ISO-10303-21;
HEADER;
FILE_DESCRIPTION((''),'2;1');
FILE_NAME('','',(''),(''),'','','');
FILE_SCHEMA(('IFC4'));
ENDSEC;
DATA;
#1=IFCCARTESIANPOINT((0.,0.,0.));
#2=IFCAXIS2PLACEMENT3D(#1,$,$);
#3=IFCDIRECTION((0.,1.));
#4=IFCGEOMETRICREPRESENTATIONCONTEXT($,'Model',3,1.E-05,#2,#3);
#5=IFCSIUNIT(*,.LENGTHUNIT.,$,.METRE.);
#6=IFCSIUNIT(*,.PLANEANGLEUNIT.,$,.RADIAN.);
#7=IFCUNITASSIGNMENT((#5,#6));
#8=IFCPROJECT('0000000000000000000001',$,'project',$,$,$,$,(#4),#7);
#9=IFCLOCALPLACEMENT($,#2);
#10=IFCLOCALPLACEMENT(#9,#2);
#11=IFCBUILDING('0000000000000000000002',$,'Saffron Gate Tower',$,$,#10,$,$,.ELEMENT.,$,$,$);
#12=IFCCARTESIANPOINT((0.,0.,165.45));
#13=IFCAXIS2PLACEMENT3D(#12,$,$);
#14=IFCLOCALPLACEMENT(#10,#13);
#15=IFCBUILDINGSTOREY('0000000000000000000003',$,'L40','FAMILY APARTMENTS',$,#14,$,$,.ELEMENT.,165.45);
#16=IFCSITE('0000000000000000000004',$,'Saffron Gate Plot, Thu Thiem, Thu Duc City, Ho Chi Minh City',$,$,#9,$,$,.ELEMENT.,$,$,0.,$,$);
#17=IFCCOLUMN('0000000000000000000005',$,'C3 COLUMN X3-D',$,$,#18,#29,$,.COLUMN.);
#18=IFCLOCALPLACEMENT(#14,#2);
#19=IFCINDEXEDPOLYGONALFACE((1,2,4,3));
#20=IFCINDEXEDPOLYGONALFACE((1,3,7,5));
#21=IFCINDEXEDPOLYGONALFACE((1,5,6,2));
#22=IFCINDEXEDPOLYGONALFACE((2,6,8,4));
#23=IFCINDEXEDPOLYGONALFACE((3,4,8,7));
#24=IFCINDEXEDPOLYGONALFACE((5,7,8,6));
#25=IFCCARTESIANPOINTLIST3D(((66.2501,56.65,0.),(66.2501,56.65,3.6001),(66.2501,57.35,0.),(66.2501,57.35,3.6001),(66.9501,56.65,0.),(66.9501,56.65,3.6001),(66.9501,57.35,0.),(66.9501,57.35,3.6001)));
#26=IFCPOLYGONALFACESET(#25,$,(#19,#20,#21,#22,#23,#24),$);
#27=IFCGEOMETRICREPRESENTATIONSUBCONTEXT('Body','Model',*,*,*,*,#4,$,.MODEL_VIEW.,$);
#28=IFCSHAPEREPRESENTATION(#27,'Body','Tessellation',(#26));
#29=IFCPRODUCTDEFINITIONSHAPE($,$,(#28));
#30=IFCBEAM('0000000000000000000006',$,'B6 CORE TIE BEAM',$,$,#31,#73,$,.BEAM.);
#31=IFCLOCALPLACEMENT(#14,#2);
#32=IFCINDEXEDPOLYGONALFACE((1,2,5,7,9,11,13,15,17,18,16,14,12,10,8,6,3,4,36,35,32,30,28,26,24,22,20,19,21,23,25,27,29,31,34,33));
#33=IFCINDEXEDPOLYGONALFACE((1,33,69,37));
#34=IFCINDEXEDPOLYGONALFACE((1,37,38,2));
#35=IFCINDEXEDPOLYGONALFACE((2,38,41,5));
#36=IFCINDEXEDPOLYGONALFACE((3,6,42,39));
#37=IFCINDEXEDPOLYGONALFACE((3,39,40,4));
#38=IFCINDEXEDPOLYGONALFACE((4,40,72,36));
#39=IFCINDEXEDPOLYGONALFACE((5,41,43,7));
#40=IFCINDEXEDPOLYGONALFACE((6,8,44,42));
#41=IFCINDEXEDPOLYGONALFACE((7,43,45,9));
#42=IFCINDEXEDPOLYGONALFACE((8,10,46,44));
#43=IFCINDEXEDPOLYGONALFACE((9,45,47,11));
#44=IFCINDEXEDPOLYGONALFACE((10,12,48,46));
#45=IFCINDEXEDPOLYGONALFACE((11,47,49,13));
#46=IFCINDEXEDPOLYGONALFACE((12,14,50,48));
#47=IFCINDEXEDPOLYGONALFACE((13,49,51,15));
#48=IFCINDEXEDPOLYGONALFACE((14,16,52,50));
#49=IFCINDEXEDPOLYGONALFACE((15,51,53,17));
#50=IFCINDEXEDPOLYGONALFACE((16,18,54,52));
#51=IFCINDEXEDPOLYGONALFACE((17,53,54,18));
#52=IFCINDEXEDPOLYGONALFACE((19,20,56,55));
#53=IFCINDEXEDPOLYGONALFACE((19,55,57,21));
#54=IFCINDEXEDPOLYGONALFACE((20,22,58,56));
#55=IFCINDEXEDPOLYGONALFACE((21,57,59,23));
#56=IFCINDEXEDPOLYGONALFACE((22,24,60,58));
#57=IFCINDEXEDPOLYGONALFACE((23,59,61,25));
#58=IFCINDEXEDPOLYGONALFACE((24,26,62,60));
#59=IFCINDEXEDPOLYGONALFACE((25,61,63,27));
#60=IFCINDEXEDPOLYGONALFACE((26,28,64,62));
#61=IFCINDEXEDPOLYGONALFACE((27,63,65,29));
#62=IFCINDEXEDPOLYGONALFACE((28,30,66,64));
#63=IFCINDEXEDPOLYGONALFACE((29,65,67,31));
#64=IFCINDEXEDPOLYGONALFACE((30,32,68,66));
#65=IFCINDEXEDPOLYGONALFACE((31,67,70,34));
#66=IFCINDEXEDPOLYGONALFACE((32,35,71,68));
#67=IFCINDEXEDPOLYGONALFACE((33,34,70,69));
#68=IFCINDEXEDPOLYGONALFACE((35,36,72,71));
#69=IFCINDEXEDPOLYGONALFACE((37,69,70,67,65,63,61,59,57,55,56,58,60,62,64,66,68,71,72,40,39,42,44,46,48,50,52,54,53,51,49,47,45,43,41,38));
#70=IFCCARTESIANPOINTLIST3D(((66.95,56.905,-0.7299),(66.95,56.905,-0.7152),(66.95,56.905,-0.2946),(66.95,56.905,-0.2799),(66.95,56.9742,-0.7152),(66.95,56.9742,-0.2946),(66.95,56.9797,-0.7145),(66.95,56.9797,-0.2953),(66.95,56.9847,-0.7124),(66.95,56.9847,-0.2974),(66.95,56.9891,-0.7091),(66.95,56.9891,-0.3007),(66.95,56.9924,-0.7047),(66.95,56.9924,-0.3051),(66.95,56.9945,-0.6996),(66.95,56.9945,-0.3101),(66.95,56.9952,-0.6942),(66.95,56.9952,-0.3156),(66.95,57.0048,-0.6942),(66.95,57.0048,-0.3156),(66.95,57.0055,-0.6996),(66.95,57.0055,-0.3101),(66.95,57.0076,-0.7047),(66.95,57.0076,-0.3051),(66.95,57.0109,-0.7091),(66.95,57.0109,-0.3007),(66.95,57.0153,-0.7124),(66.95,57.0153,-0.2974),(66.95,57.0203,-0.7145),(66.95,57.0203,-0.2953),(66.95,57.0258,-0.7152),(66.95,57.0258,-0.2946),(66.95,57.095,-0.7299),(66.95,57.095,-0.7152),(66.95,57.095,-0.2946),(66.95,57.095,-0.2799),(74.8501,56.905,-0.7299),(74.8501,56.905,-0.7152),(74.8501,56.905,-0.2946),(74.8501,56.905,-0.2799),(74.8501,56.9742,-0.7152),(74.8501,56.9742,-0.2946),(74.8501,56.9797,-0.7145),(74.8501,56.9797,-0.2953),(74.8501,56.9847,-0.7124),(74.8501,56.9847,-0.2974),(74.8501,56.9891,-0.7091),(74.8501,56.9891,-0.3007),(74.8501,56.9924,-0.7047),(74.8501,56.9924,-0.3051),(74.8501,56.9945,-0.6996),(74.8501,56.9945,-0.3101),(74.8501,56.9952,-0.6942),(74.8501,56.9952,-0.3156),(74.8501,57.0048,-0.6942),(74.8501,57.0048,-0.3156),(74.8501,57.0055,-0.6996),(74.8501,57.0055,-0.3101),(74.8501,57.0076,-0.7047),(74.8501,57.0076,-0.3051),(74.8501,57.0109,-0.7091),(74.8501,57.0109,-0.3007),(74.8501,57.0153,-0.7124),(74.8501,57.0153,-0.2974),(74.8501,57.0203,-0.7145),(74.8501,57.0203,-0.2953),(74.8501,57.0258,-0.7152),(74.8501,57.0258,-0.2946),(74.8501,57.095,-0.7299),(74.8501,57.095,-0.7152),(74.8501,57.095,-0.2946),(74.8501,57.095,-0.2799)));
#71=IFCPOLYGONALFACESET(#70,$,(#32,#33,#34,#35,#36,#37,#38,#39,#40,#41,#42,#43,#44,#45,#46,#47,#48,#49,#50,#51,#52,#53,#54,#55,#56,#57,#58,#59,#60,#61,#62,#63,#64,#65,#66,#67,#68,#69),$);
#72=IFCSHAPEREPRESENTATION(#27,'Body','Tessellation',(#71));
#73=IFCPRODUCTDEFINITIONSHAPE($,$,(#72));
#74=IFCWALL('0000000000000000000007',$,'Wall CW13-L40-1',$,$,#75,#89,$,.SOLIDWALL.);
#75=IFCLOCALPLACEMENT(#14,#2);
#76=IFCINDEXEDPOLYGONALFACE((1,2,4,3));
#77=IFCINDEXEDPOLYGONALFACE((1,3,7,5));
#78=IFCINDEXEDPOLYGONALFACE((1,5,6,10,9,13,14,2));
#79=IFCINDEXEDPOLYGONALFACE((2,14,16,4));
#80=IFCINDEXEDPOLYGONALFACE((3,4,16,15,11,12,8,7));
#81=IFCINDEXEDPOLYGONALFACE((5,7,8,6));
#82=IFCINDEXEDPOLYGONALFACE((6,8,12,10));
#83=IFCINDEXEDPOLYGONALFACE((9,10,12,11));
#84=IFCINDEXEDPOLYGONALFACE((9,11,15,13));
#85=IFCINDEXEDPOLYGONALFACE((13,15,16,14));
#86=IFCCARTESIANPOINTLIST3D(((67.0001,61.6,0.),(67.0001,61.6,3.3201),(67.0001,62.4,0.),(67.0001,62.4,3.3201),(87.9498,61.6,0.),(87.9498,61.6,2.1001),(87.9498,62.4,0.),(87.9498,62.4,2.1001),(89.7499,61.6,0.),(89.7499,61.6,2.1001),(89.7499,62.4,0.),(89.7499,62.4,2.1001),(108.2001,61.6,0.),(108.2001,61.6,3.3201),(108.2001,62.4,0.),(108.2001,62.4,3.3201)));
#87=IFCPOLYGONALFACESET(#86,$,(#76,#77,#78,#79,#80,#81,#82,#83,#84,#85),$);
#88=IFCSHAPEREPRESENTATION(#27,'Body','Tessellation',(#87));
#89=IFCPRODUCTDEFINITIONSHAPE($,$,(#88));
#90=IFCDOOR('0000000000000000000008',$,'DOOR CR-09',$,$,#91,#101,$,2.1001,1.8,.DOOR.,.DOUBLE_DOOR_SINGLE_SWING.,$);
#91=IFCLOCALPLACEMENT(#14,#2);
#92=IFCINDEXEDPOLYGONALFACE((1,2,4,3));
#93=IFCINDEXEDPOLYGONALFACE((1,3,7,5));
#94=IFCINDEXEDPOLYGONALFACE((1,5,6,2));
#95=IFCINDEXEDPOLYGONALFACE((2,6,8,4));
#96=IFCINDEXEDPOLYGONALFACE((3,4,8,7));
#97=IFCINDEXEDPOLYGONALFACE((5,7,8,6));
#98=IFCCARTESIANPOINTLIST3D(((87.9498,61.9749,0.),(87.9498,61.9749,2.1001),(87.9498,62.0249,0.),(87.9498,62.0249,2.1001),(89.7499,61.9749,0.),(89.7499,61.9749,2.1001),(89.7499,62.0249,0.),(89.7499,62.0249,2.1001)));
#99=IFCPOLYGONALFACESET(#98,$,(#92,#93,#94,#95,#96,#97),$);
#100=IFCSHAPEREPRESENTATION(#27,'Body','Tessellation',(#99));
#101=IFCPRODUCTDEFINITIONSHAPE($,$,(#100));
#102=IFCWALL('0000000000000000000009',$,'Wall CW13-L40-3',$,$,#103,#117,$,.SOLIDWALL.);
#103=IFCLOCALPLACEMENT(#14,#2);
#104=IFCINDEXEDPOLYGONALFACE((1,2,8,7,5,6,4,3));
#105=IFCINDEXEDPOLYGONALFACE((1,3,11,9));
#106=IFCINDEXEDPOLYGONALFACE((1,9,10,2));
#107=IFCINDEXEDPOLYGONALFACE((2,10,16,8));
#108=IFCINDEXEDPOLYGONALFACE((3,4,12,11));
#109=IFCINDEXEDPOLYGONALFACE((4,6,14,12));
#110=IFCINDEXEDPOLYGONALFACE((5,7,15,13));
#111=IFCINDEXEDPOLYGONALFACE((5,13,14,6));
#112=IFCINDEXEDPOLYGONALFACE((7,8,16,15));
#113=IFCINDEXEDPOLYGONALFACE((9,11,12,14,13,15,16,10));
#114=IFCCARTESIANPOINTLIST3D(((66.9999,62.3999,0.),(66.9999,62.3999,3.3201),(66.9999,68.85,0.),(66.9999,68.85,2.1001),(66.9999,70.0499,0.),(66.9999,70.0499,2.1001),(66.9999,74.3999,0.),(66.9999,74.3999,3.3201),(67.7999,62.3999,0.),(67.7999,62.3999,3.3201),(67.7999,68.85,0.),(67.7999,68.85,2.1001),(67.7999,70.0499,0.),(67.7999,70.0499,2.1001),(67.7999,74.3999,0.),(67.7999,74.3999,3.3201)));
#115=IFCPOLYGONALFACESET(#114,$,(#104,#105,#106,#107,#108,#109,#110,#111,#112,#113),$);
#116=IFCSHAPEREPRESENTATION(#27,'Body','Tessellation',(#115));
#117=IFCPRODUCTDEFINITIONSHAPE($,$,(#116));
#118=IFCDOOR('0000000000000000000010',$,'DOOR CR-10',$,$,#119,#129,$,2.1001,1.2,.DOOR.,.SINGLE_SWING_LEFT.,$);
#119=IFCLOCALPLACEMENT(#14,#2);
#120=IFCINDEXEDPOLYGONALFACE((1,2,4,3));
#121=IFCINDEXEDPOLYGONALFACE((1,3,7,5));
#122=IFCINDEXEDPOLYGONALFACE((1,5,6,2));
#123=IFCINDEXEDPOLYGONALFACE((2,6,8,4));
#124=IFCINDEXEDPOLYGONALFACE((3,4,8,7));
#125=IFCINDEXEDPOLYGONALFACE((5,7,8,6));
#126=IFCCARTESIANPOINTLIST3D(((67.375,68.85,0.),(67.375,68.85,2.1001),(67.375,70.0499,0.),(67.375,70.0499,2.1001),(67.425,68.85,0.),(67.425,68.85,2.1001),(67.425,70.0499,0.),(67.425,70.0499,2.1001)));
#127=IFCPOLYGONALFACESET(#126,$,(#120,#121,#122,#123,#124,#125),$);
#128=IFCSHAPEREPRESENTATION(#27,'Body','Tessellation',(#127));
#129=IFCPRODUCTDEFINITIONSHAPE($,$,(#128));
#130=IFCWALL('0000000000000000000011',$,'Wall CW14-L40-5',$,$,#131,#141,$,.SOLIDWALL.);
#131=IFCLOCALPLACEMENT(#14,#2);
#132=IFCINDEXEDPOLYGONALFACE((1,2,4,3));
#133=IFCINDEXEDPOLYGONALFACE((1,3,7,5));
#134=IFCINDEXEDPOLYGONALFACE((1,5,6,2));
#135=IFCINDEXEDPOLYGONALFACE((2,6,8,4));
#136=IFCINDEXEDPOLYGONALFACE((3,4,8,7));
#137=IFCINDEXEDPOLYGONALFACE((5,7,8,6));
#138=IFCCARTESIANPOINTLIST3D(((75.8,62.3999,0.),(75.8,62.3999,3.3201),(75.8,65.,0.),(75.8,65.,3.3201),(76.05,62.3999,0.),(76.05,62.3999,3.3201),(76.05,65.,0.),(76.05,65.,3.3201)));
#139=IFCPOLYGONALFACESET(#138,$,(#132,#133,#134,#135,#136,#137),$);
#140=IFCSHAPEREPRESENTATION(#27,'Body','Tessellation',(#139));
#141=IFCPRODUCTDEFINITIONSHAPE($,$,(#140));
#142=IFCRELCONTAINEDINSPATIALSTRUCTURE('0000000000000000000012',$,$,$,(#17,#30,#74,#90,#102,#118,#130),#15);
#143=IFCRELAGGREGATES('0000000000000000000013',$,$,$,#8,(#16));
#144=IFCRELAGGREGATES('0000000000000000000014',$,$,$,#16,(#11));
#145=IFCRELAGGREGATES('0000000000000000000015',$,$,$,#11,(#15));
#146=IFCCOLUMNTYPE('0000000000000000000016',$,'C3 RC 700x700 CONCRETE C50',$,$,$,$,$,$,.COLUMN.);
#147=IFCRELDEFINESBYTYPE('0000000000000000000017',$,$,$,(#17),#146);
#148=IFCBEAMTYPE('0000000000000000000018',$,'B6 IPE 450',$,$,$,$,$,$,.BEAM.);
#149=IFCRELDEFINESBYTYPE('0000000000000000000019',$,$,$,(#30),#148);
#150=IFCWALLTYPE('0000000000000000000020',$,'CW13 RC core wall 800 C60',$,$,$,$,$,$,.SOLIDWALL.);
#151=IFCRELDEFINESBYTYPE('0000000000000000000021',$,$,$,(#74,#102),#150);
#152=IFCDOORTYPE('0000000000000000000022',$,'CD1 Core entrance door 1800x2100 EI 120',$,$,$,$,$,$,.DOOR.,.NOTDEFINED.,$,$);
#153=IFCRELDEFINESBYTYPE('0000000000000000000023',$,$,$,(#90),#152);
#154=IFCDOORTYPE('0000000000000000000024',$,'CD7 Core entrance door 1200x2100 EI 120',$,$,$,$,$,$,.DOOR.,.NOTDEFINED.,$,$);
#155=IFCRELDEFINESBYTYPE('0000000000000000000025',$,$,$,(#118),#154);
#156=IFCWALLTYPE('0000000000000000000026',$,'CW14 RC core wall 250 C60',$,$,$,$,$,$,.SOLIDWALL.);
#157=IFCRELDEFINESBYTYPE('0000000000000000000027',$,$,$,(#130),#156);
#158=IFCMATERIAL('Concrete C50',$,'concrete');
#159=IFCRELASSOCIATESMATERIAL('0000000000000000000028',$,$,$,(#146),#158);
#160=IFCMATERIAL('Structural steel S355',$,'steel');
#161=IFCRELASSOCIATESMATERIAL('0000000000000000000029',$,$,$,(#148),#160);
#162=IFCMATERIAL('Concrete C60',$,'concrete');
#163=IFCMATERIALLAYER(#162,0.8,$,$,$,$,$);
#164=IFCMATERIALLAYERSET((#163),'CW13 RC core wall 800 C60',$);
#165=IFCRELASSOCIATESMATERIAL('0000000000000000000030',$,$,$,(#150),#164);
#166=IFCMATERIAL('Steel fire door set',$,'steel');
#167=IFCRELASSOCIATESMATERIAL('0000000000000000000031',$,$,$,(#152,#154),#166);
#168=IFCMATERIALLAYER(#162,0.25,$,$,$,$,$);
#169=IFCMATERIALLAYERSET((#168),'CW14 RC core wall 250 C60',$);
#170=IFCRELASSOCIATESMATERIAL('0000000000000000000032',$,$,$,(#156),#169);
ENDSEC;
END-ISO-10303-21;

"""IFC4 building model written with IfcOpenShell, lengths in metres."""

from ifc_helpers import new_model, si_unit, direction, frame, frame_2d, origin, origin_2d, place, context, subcontext, project, spatial, rectangle, i_section, extrude, material, layer, layer_set, material_profile, profile_set, type_object, element, fill, save


model = new_model("IFC4")

# Units and contexts
model_context = context("Model", 3, precision=1e-05, world=origin(), true_north=direction((0.0, 1.0)))
body_context = subcontext(model_context, "Body", "Model", "MODEL_VIEW")
ifc_project = project(units=[si_unit("LENGTHUNIT", "METRE"), si_unit("PLANEANGLEUNIT", "RADIAN")], contexts=[model_context])

# Site, building, storey
site_placement = place(None, origin())
site = spatial("IfcSite", under=ifc_project, at=site_placement, Name="Saffron Gate Plot, Thu Thiem, Thu Duc City, Ho Chi Minh City", CompositionType="ELEMENT", RefElevation=0.0)
building_placement = place(site_placement, origin())
building = spatial("IfcBuilding", under=site, at=building_placement, Name="Saffron Gate Tower", CompositionType="ELEMENT")
storey_placement = place(building_placement, frame((0.0, 0.0, 165.45)))
storey = spatial("IfcBuildingStorey", under=building, at=storey_placement, Name="L40", Description="FAMILY APARTMENTS", CompositionType="ELEMENT", Elevation=165.45)

# Column
ifc_material_1 = material(Name="Concrete C50", Category="concrete")
ifc_material_profile_1 = material_profile(ifc_material_1, rectangle(XDim=0.7, YDim=0.7, at=origin_2d()))
ifc_profile_set_1 = profile_set([ifc_material_profile_1], Name="Concrete C50")
column_type = type_object("IfcColumnType", Name="C3 RC 700x700 CONCRETE C50", PredefinedType="COLUMN", material=ifc_profile_set_1)
column_placement = place(storey_placement, frame((66.6001, 57.0, 0.0), z_axis=(0.0, 0.0, 1.0), x_axis=(1.0, 0.0, 0.0)))
element("IfcColumn", 1, at=column_placement, inside=storey, type_object=column_type, Name="C3 COLUMN X3-D", PredefinedType="COLUMN", context=body_context, shape_type="SweptSolid", body=[
    extrude(rectangle(XDim=0.7, YDim=0.7, at=origin_2d()), origin(), (0.0, 0.0, 1.0), 3.6001),
])

# Beam
ifc_material_2 = material(Name="Structural steel S355", Category="steel")
ifc_material_profile_2 = material_profile(ifc_material_2, i_section(OverallWidth=0.1899, OverallDepth=0.45, WebThickness=0.0095, FlangeThickness=0.0146, FilletRadius=0.021, at=origin_2d()))
ifc_profile_set_2 = profile_set([ifc_material_profile_2], Name="Structural steel S355")
beam_type = type_object("IfcBeamType", Name="B6 IPE 450", PredefinedType="BEAM", material=ifc_profile_set_2)
beam_placement = place(storey_placement, frame((66.95, 57.0, -0.5049), z_axis=(1.0, 0.0, 0.0), x_axis=(0.0, 1.0, 0.0)))
element("IfcBeam", 2, at=beam_placement, inside=storey, type_object=beam_type, Name="B6 CORE TIE BEAM", PredefinedType="BEAM", context=body_context, shape_type="SweptSolid", body=[
    extrude(i_section(OverallWidth=0.1899, OverallDepth=0.45, WebThickness=0.0095, FlangeThickness=0.0146, FilletRadius=0.021, at=origin_2d()), origin(), (0.0, 0.0, 1.0), 7.9001),
])

# Walls, openings, doors
ifc_material_3 = material(Name="Concrete C60", Category="concrete")
ifc_layer_1 = layer(ifc_material_3, 0.8)
ifc_layer_set_1 = layer_set([ifc_layer_1], Name="CW13 RC core wall 800 C60")
wall_type_1 = type_object("IfcWallType", Name="CW13 RC core wall 800 C60", PredefinedType="SOLIDWALL", material=ifc_layer_set_1)
wall_1_placement = place(storey_placement, frame((67.0, 62.0, 0.0), z_axis=(0.0, 0.0, 1.0), x_axis=(1.0, 0.0, 0.0)))
wall_1 = element("IfcWall", 3, at=wall_1_placement, inside=storey, type_object=wall_type_1, Name="Wall CW13-L40-1", PredefinedType="SOLIDWALL", context=body_context, shape_type="SweptSolid", body=[
    extrude(rectangle(XDim=41.2, YDim=0.8, at=frame_2d((20.6001, 0.0))), origin(), (0.0, 0.0, 1.0), 3.3201),
])
opening_1_placement = place(wall_1_placement, frame((20.95, 0.0, 0.0)))
opening_1 = element("IfcOpeningElement", 4, at=opening_1_placement, cuts=wall_1, PredefinedType="OPENING", context=body_context, shape_type="SweptSolid", body=[
    extrude(rectangle(XDim=1.8, YDim=2.1001, at=frame_2d((0.8999, 1.05))), frame((0.0, 0.4102, 0.0), z_axis=(0.0, -1.0, 0.0), x_axis=(1.0, 0.0, 0.0)), (0.0, 0.0, 1.0), 0.8201),
])
ifc_material_4 = material(Name="Steel fire door set", Category="steel")
door_type_1 = type_object("IfcDoorType", Name="CD1 Core entrance door 1800x2100 EI 120", OperationType="NOTDEFINED", PredefinedType="DOOR", material=ifc_material_4)
door_1_placement = place(opening_1_placement, origin())
door_1 = element("IfcDoor", 5, at=door_1_placement, inside=storey, type_object=door_type_1, Name="DOOR CR-09", OperationType="DOUBLE_DOOR_SINGLE_SWING", OverallHeight=2.1001, OverallWidth=1.8, PredefinedType="DOOR", context=body_context, shape_type="SweptSolid", body=[
    extrude(rectangle(XDim=1.8, YDim=2.1001, at=frame_2d((0.8999, 1.05))), frame((0.0, 0.0249, 0.0), z_axis=(0.0, -1.0, 0.0), x_axis=(1.0, 0.0, 0.0)), (0.0, 0.0, 1.0), 0.05),
])
fill(opening_1, door_1)
wall_2_placement = place(storey_placement, frame((67.3999, 62.3999, 0.0), z_axis=(0.0, 0.0, 1.0), x_axis=(0.0, 1.0, 0.0)))
wall_2 = element("IfcWall", 6, at=wall_2_placement, inside=storey, type_object=wall_type_1, Name="Wall CW13-L40-3", PredefinedType="SOLIDWALL", context=body_context, shape_type="SweptSolid", body=[
    extrude(rectangle(XDim=12.0, YDim=0.8, at=frame_2d((6.0, 0.0))), origin(), (0.0, 0.0, 1.0), 3.3201),
])
opening_2_placement = place(wall_2_placement, frame((6.45, 0.0, 0.0)))
opening_2 = element("IfcOpeningElement", 7, at=opening_2_placement, cuts=wall_2, PredefinedType="OPENING", context=body_context, shape_type="SweptSolid", body=[
    extrude(rectangle(XDim=1.2, YDim=2.1001, at=frame_2d((0.6001, 1.05))), frame((0.0, 0.4102, 0.0), z_axis=(0.0, -1.0, 0.0), x_axis=(1.0, 0.0, 0.0)), (0.0, 0.0, 1.0), 0.8201),
])
door_type_2 = type_object("IfcDoorType", Name="CD7 Core entrance door 1200x2100 EI 120", OperationType="NOTDEFINED", PredefinedType="DOOR", material=ifc_material_4)
door_2_placement = place(opening_2_placement, origin())
door_2 = element("IfcDoor", 8, at=door_2_placement, inside=storey, type_object=door_type_2, Name="DOOR CR-10", OperationType="SINGLE_SWING_LEFT", OverallHeight=2.1001, OverallWidth=1.2, PredefinedType="DOOR", context=body_context, shape_type="SweptSolid", body=[
    extrude(rectangle(XDim=1.2, YDim=2.1001, at=frame_2d((0.6001, 1.05))), frame((0.0, 0.0249, 0.0), z_axis=(0.0, -1.0, 0.0), x_axis=(1.0, 0.0, 0.0)), (0.0, 0.0, 1.0), 0.05),
])
fill(opening_2, door_2)

# Wall
ifc_layer_2 = layer(ifc_material_3, 0.25)
ifc_layer_set_2 = layer_set([ifc_layer_2], Name="CW14 RC core wall 250 C60")
wall_type_2 = type_object("IfcWallType", Name="CW14 RC core wall 250 C60", PredefinedType="SOLIDWALL", material=ifc_layer_set_2)
wall_3_placement = place(storey_placement, frame((75.925, 62.3999, 0.0), z_axis=(0.0, 0.0, 1.0), x_axis=(0.0, 1.0, 0.0)))
element("IfcWall", 9, at=wall_3_placement, inside=storey, type_object=wall_type_2, Name="Wall CW14-L40-5", PredefinedType="SOLIDWALL", context=body_context, shape_type="SweptSolid", body=[
    extrude(rectangle(XDim=2.6001, YDim=0.25, at=frame_2d((1.3, 0.0))), origin(), (0.0, 0.0, 1.0), 3.3201),
])

save(model, "model.ifc")
